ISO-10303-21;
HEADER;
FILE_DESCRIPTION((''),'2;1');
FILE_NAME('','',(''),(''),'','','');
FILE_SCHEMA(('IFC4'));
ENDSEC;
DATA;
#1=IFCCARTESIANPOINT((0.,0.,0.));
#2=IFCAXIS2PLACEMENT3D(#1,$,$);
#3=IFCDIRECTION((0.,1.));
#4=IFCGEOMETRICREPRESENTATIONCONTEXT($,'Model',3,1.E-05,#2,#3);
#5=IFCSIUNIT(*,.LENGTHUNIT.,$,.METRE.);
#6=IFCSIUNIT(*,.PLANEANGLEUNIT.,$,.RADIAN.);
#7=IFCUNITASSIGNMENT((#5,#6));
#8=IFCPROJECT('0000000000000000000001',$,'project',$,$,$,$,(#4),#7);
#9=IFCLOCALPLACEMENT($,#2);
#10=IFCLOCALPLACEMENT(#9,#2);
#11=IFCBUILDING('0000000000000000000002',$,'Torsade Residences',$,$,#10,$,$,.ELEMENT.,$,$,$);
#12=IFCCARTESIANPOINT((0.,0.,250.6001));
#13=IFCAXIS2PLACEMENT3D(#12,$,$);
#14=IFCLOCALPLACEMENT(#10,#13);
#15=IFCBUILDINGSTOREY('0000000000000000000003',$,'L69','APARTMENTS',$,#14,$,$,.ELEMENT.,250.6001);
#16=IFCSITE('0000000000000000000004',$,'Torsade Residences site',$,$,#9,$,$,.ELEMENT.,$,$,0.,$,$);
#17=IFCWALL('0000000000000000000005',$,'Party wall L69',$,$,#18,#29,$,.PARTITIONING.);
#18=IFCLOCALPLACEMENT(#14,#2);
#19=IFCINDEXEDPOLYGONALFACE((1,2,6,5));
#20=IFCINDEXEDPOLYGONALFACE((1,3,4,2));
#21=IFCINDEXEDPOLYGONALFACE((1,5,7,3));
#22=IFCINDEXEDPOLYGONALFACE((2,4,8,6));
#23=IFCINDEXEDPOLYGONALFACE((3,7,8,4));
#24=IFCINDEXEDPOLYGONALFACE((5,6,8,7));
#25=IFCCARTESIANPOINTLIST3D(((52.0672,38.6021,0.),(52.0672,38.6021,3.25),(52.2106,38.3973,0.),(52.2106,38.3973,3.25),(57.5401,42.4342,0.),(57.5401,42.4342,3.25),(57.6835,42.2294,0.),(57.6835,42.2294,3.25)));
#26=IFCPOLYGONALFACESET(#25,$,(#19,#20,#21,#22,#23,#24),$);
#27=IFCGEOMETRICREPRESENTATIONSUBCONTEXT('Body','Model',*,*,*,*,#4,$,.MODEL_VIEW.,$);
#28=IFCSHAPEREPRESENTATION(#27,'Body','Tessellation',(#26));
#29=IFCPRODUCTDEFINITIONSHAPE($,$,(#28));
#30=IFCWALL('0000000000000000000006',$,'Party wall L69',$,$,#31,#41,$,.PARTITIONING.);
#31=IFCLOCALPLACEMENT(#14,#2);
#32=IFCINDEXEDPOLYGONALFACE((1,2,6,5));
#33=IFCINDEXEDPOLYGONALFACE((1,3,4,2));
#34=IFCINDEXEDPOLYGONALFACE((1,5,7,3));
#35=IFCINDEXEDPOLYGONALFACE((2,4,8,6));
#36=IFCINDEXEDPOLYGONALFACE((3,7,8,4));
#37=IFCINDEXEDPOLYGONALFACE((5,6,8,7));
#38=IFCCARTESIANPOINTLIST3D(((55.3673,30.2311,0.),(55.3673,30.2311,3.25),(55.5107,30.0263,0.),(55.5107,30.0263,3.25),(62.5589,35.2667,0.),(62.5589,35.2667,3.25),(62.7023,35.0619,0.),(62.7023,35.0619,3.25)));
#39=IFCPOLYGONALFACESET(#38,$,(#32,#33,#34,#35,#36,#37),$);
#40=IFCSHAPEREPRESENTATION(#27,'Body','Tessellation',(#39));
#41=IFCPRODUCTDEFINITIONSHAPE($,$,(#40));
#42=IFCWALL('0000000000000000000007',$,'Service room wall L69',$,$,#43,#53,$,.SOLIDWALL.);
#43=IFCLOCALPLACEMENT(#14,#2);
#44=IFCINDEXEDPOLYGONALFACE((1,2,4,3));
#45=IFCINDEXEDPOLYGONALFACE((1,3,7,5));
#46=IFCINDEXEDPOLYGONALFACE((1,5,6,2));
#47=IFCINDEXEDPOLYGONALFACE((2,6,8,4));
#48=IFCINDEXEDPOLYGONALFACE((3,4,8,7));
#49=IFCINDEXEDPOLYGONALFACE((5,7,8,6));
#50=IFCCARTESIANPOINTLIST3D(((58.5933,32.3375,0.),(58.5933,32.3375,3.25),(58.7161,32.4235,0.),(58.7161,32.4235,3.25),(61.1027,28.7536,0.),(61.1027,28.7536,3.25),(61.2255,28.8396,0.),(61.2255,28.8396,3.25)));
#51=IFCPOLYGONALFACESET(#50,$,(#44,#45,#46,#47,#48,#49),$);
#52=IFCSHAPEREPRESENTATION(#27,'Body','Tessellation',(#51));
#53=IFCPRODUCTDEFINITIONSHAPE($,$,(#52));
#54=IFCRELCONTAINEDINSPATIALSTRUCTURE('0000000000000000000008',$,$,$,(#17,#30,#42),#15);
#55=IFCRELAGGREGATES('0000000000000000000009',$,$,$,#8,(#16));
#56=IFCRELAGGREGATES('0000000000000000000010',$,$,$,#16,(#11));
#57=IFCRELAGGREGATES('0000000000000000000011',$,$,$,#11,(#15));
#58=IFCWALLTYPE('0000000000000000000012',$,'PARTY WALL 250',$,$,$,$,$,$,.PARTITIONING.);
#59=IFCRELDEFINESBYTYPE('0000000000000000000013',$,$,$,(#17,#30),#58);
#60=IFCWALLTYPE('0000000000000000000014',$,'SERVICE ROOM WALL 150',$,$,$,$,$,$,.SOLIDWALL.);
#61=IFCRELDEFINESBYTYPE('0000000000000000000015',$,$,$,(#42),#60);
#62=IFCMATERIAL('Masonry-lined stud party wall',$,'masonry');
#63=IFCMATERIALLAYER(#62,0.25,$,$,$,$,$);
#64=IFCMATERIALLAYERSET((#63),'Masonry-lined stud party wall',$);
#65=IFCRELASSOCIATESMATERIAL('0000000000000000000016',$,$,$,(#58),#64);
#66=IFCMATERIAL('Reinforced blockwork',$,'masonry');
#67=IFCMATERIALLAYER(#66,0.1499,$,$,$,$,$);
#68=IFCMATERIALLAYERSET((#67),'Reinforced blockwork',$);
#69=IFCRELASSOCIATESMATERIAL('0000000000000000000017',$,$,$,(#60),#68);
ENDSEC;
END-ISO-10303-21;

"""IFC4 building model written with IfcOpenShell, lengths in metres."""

from ifc_helpers import new_model, si_unit, direction, frame, frame_2d, origin, place, context, subcontext, project, spatial, rectangle, extrude, material, layer, layer_set, type_object, element, save


model = new_model("IFC4")

# Units and contexts
model_context = context("Model", 3, precision=1e-05, world=origin(), true_north=direction((0.0, 1.0)))
body_context = subcontext(model_context, "Body", "Model", "MODEL_VIEW")
ifc_project = project(units=[si_unit("LENGTHUNIT", "METRE"), si_unit("PLANEANGLEUNIT", "RADIAN")], contexts=[model_context])

# Site, building, storey
site_placement = place(None, origin())
site = spatial("IfcSite", under=ifc_project, at=site_placement, Name="Torsade Residences site", CompositionType="ELEMENT", RefElevation=0.0)
building_placement = place(site_placement, origin())
building = spatial("IfcBuilding", under=site, at=building_placement, Name="Torsade Residences", CompositionType="ELEMENT")
storey_placement = place(building_placement, frame((0.0, 0.0, 250.6001)))
storey = spatial("IfcBuildingStorey", under=building, at=storey_placement, Name="L69", Description="APARTMENTS", CompositionType="ELEMENT", Elevation=250.6001)

# Walls
ifc_material_1 = material(Name="Masonry-lined stud party wall", Category="masonry")
ifc_layer_1 = layer(ifc_material_1, 0.25)
ifc_layer_set_1 = layer_set([ifc_layer_1], Name="Masonry-lined stud party wall")
wall_type_1 = type_object("IfcWallType", Name="PARTY WALL 250", PredefinedType="PARTITIONING", material=ifc_layer_set_1)
wall_1_placement = place(storey_placement, frame((57.6118, 42.3318, 0.0), z_axis=(0.0, 0.0, 1.0), x_axis=(-0.819162, -0.573563, 0.0)))
element("IfcWall", 1, at=wall_1_placement, inside=storey, type_object=wall_type_1, Name="Party wall L69", PredefinedType="PARTITIONING", context=body_context, shape_type="SweptSolid", body=[
    extrude(rectangle(XDim=6.6812, YDim=0.25, at=frame_2d((3.3406, 0.0))), origin(), (0.0, 0.0, 1.0), 3.25),
])
wall_2_placement = place(storey_placement, frame((62.6306, 35.1643, 0.0), z_axis=(0.0, 0.0, 1.0), x_axis=(-0.819152, -0.573576, 0.0)))
element("IfcWall", 2, at=wall_2_placement, inside=storey, type_object=wall_type_1, Name="Party wall L69", PredefinedType="PARTITIONING", context=body_context, shape_type="SweptSolid", body=[
    extrude(rectangle(XDim=8.7793, YDim=0.25, at=frame_2d((4.3896, 0.0))), origin(), (0.0, 0.0, 1.0), 3.25),
])
ifc_material_2 = material(Name="Reinforced blockwork", Category="masonry")
ifc_layer_2 = layer(ifc_material_2, 0.1499)
ifc_layer_set_2 = layer_set([ifc_layer_2], Name="Reinforced blockwork")
wall_type_2 = type_object("IfcWallType", Name="SERVICE ROOM WALL 150", PredefinedType="SOLIDWALL", material=ifc_layer_set_2)
wall_3_placement = place(storey_placement, frame((61.1641, 28.7966, 0.0), z_axis=(0.0, 0.0, 1.0), x_axis=(-0.573563, 0.819161, 0.0)))
element("IfcWall", 3, at=wall_3_placement, inside=storey, type_object=wall_type_2, Name="Service room wall L69", PredefinedType="SOLIDWALL", context=body_context, shape_type="SweptSolid", body=[
    extrude(rectangle(XDim=4.375, YDim=0.1499, at=frame_2d((2.1875, 0.0))), origin(), (0.0, 0.0, 1.0), 3.25),
])

save(model, "model.ifc")
